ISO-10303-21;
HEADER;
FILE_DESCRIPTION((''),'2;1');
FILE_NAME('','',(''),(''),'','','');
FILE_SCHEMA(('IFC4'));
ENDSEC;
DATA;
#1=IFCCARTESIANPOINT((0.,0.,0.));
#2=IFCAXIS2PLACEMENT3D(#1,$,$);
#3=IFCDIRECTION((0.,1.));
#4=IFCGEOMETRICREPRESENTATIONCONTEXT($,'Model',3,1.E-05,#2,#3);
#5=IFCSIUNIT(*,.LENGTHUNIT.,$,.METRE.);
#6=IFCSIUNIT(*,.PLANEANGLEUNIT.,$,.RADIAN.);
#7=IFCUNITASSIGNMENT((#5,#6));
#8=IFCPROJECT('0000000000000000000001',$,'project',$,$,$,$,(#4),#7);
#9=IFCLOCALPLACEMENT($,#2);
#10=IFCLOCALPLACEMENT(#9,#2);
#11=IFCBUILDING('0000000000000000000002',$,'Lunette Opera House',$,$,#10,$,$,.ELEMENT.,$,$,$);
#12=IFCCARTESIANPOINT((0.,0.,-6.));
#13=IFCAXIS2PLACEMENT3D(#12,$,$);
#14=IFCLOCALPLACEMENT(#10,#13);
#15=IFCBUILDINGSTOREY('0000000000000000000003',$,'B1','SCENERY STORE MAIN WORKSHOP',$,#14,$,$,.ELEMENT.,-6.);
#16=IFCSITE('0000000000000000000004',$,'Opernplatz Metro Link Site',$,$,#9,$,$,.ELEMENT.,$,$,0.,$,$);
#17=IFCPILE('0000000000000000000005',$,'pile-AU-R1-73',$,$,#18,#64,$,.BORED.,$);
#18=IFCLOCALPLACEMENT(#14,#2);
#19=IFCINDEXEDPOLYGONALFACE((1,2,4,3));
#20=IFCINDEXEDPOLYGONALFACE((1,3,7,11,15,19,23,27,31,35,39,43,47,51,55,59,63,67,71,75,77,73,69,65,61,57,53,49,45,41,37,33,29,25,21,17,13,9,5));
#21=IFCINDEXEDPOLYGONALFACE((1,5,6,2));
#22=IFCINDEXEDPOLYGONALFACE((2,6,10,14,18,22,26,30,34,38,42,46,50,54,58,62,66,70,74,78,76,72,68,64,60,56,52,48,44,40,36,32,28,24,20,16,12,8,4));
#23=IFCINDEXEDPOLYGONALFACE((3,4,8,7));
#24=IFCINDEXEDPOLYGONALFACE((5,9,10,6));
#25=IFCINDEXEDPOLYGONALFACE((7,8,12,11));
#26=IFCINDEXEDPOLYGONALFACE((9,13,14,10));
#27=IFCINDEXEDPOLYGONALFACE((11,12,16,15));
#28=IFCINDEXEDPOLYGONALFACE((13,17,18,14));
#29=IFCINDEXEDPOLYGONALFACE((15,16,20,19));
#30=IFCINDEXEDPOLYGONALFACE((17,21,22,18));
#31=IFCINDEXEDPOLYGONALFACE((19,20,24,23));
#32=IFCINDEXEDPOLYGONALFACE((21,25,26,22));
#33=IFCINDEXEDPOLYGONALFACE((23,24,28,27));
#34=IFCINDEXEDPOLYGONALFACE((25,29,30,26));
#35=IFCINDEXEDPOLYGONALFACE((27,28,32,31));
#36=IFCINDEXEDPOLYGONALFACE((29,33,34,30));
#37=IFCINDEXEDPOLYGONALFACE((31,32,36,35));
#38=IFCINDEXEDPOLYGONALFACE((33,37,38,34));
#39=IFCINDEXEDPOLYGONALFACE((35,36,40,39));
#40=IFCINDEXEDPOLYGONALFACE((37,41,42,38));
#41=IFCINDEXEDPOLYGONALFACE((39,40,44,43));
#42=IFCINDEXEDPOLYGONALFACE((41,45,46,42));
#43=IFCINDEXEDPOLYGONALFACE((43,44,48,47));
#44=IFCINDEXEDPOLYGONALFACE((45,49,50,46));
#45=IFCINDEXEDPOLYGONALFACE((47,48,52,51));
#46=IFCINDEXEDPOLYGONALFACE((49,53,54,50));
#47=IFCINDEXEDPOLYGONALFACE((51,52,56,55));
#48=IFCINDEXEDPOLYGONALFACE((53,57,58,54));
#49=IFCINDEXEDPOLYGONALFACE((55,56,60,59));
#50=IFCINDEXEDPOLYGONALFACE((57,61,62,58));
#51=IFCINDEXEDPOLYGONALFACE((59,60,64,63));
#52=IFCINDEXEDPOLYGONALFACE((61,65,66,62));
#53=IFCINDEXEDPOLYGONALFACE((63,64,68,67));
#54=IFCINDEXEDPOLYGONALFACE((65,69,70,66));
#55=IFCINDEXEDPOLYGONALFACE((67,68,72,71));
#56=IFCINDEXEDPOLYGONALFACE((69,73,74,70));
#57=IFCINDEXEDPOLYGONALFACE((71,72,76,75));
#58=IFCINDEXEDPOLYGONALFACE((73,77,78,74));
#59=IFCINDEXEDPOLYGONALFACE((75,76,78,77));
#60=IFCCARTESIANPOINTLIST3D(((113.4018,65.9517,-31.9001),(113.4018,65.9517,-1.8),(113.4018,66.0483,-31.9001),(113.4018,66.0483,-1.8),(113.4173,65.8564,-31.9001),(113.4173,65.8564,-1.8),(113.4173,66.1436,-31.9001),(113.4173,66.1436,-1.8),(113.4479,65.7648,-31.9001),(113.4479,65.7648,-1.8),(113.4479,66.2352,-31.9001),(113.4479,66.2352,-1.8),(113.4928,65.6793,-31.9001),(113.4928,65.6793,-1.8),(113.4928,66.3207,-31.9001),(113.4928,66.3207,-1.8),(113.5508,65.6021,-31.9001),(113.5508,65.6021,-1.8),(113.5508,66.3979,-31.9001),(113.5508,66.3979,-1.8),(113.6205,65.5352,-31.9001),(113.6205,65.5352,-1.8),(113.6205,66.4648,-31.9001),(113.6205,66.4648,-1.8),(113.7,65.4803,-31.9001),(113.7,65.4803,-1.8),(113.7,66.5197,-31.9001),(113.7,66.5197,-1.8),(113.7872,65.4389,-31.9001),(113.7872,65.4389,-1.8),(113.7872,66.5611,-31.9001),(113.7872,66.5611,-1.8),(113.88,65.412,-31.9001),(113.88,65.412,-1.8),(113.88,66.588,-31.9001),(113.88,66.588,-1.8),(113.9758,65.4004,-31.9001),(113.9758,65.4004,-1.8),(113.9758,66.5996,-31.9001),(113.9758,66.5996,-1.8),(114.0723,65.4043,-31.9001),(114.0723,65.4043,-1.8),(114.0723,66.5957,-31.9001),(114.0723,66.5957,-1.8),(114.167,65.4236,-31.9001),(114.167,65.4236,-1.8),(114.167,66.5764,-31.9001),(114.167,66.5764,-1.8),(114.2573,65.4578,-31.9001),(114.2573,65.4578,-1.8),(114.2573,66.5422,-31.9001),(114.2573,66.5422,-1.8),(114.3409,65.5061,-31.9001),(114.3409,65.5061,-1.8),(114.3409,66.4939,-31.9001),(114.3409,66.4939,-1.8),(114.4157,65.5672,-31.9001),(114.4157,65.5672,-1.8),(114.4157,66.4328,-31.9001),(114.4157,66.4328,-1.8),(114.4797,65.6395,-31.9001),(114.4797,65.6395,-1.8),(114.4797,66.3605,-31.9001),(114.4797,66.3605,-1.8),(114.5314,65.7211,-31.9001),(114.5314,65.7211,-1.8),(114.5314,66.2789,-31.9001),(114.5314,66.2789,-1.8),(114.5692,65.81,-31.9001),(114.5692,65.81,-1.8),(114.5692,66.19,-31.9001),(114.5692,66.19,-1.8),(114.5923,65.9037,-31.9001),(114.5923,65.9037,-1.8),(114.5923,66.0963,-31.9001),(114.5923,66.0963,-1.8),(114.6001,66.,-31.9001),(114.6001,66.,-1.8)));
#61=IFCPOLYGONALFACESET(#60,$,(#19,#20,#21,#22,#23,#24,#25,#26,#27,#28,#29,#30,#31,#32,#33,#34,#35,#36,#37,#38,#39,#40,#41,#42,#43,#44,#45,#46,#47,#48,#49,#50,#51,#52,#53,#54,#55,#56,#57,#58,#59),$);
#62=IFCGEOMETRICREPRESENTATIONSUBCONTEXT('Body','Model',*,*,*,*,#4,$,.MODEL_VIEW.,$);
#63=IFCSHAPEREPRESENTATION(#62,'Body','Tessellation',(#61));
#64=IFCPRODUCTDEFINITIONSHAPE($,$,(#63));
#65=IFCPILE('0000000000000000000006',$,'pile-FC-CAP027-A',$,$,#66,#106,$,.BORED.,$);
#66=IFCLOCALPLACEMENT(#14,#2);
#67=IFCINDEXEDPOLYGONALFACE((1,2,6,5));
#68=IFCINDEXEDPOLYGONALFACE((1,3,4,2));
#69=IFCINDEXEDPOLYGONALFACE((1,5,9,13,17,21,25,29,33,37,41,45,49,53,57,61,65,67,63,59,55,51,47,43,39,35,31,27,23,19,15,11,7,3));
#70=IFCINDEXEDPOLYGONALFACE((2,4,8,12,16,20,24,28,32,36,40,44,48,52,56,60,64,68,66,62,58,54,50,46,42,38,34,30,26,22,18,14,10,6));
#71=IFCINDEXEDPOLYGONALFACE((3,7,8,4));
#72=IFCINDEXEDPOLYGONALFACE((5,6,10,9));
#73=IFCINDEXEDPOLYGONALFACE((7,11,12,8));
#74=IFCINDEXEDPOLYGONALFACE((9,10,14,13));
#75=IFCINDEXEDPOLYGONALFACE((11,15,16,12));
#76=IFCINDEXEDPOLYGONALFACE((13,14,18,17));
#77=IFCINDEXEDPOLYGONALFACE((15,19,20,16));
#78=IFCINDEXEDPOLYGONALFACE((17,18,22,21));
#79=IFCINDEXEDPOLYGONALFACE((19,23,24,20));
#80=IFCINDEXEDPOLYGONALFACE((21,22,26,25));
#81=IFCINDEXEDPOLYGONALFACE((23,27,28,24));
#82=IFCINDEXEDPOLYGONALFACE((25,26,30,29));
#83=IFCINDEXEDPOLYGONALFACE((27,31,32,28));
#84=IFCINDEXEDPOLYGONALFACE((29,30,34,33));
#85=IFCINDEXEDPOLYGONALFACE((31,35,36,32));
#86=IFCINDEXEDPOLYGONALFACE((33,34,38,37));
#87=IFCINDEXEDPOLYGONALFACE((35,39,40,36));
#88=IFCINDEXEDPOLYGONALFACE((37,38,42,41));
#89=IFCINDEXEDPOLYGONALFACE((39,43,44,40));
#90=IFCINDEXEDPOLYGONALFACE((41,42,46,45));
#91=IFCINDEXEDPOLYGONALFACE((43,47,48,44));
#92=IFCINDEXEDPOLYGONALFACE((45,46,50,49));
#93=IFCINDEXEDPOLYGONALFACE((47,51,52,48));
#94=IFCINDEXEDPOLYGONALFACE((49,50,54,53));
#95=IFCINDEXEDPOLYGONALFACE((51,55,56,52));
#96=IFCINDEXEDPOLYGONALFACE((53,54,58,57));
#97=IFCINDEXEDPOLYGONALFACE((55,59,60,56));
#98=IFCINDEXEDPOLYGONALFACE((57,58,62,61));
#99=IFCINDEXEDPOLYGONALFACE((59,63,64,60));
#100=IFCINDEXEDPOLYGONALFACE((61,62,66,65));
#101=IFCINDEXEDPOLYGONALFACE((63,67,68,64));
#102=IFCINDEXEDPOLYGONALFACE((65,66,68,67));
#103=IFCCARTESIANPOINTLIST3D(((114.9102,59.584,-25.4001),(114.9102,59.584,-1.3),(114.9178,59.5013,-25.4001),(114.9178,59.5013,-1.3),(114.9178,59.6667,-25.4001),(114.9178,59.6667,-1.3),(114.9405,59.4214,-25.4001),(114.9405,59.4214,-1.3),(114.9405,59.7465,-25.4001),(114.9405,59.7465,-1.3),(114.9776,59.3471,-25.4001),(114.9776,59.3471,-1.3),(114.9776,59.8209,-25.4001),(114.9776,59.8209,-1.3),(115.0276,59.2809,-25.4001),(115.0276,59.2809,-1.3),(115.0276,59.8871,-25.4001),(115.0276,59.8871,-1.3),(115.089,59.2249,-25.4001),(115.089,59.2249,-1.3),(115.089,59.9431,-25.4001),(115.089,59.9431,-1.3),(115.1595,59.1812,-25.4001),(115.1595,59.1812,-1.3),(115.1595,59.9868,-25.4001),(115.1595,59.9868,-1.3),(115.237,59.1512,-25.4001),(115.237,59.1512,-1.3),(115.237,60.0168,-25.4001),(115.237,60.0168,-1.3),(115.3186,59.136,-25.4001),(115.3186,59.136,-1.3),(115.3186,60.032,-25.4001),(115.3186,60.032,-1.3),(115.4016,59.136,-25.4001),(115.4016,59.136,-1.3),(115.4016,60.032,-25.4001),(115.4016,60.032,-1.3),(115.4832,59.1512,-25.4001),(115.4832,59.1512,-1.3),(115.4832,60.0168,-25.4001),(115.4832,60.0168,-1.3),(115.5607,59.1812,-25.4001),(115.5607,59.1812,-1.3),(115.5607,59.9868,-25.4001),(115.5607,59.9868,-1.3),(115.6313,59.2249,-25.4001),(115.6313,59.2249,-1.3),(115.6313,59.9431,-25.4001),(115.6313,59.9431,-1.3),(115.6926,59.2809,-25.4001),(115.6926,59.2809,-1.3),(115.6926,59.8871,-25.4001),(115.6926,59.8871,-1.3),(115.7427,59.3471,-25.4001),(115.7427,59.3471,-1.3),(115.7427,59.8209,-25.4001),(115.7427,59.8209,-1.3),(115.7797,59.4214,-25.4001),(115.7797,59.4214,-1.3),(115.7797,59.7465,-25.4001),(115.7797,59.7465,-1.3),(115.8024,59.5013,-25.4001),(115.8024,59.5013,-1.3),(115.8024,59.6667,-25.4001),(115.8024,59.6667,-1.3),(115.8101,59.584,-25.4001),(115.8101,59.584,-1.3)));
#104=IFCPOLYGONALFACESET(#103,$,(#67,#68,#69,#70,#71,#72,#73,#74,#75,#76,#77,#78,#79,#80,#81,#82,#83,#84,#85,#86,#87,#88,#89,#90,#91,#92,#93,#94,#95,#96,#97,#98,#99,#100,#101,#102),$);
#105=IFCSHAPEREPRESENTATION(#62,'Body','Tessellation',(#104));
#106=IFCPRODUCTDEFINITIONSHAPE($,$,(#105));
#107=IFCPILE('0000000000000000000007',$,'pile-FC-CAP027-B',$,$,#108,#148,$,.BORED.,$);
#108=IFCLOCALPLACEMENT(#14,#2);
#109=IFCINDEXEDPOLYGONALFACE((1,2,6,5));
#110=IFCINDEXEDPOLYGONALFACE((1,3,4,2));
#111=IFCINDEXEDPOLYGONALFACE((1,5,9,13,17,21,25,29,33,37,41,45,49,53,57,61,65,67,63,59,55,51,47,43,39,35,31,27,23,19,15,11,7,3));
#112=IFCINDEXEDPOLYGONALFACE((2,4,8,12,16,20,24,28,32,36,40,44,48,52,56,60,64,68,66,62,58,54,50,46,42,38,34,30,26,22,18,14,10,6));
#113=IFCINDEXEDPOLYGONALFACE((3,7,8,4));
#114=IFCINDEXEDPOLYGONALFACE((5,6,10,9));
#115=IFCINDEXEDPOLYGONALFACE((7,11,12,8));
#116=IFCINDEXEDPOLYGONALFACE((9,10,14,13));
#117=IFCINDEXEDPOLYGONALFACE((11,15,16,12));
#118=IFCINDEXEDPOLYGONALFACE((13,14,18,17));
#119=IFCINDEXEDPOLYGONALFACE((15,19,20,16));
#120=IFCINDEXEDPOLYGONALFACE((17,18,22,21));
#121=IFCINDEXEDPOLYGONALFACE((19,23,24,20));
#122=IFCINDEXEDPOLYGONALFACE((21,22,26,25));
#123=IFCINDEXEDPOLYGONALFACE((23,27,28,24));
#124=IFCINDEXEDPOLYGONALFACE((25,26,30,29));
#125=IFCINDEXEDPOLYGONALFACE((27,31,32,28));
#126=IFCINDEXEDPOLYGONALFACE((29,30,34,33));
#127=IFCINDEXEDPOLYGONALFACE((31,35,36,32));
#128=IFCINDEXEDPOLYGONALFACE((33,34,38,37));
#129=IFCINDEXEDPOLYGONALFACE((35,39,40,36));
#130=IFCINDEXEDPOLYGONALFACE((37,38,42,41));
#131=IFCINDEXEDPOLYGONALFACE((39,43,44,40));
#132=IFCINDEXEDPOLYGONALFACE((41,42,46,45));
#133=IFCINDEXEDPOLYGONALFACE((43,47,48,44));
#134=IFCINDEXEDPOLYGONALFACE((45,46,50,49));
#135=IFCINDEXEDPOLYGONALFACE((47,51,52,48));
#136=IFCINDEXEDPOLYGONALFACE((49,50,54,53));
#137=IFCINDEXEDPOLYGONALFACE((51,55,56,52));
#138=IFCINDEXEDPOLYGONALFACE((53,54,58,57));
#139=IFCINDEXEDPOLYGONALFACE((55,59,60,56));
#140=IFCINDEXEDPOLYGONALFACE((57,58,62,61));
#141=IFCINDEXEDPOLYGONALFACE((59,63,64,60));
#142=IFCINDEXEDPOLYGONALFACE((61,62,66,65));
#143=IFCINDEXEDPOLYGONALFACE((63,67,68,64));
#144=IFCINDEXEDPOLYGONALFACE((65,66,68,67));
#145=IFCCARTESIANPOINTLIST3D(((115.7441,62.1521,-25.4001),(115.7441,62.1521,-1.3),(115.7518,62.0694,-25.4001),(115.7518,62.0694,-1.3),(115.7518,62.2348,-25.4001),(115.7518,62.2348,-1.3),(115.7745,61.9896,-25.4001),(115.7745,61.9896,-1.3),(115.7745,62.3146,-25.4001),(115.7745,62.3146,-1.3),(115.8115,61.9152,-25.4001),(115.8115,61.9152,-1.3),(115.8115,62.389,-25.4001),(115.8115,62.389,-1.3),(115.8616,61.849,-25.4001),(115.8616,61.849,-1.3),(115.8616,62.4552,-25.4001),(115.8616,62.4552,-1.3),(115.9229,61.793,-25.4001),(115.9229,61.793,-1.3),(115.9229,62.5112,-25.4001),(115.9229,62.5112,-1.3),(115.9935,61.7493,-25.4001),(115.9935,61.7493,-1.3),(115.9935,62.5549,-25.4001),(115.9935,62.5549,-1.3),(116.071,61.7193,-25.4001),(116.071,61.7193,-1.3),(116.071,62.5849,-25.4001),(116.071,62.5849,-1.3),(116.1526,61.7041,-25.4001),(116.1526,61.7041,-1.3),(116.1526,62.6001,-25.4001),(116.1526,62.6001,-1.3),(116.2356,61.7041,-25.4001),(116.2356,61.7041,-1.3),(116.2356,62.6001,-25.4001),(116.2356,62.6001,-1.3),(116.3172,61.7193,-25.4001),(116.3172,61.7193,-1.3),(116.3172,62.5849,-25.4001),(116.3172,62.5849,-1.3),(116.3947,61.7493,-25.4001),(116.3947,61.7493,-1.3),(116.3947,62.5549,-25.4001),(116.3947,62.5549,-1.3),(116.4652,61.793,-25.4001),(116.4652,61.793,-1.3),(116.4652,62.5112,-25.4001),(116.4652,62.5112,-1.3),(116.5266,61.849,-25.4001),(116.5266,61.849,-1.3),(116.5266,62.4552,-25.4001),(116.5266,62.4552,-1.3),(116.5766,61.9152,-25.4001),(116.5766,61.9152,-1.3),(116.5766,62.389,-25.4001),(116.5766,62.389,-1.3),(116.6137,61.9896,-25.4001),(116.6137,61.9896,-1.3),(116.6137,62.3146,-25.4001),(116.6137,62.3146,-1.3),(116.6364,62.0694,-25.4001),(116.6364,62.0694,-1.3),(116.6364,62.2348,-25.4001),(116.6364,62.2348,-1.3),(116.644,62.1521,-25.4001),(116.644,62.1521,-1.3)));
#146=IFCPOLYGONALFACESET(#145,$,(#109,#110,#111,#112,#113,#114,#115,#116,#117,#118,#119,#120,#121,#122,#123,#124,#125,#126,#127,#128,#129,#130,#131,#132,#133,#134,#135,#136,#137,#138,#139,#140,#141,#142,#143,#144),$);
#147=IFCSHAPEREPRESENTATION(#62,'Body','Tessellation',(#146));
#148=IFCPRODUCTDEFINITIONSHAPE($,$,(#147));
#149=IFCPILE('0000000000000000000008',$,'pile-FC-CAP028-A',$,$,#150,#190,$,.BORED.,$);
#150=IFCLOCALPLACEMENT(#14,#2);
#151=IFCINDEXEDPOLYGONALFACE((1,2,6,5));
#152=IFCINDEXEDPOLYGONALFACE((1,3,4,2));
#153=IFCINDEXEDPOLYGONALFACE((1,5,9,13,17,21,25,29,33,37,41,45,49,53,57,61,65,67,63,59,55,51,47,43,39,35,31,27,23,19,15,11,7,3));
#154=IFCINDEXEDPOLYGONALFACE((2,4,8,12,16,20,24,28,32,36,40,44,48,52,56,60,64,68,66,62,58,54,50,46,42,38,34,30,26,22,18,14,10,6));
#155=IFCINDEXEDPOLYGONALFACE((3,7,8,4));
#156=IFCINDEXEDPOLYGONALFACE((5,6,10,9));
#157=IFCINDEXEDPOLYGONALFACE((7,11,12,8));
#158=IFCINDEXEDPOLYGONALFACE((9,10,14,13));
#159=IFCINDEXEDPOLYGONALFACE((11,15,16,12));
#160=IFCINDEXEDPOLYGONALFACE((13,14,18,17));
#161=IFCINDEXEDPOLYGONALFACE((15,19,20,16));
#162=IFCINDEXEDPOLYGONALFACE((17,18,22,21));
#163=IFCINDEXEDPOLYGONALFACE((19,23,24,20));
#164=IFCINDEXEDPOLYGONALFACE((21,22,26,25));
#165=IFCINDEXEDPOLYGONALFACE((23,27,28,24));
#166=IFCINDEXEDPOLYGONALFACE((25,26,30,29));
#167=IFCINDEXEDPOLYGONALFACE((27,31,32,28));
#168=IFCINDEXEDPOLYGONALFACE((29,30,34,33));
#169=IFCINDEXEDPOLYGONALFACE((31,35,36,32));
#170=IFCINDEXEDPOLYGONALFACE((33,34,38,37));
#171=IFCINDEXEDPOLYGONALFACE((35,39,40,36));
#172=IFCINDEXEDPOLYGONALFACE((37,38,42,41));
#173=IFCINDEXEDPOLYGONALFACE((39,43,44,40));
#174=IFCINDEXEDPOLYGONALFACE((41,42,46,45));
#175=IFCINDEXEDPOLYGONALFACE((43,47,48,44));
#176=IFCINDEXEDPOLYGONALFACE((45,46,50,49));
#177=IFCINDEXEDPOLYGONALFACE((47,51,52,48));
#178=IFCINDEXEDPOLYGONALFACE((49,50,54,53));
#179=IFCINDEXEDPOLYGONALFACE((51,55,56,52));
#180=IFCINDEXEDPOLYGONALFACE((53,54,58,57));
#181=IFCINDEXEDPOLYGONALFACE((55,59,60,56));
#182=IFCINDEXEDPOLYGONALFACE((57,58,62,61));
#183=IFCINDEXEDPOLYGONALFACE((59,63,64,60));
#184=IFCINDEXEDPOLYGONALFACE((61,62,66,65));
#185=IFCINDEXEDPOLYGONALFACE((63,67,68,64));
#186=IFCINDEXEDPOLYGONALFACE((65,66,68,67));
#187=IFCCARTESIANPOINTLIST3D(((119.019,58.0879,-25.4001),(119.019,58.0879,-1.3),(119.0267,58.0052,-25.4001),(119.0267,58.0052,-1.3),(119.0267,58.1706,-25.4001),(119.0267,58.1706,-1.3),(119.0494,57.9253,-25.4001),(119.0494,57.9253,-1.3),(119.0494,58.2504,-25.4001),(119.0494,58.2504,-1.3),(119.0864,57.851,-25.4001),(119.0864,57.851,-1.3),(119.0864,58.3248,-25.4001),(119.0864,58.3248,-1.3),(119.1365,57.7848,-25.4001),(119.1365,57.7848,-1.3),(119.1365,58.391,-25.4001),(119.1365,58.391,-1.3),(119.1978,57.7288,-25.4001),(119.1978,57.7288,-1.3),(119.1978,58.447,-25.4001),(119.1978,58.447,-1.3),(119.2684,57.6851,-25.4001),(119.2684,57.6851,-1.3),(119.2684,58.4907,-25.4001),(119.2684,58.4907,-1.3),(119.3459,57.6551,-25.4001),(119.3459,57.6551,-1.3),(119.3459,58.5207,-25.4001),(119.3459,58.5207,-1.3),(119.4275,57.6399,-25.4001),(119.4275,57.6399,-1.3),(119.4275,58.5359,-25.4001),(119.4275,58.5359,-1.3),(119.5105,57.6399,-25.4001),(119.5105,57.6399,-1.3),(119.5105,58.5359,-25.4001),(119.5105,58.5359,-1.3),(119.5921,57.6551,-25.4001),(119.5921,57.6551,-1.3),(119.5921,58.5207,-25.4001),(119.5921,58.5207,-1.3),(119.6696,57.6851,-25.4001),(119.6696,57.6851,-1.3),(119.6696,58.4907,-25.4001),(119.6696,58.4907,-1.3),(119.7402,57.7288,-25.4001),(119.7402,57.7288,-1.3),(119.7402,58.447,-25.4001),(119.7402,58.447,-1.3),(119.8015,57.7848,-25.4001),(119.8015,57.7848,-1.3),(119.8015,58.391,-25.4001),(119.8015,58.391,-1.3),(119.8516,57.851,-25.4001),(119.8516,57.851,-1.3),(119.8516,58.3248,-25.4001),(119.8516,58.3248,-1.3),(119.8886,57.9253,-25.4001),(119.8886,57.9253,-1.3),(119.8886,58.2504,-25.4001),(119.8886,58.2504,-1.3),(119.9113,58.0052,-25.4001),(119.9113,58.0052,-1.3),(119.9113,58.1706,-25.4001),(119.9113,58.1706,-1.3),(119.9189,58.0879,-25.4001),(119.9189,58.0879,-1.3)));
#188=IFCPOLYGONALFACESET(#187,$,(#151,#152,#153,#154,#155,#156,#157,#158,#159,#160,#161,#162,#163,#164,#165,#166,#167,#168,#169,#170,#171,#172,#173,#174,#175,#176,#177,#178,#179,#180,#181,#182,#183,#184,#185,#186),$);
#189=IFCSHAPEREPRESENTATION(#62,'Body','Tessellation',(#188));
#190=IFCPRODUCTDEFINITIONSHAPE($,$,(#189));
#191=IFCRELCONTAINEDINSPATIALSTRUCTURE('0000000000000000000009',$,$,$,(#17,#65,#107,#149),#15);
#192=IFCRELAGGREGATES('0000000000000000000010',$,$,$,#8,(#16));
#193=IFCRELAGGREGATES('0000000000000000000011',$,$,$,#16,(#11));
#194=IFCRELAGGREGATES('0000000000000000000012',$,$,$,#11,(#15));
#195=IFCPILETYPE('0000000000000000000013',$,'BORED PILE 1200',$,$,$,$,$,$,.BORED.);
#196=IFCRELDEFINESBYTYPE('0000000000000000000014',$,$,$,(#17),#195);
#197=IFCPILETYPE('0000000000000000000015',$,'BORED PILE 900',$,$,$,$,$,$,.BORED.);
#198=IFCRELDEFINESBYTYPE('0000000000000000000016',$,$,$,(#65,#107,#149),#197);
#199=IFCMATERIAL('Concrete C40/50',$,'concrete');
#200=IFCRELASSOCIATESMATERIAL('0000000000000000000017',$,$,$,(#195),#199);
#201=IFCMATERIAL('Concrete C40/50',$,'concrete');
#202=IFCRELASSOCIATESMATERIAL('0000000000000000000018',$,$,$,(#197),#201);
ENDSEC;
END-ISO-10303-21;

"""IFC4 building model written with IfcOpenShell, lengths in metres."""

from ifc_helpers import new_model, si_unit, direction, frame, origin, origin_2d, place, context, subcontext, project, spatial, circle, extrude, material, material_profile, profile_set, type_object, element, save


model = new_model("IFC4")

# Units and contexts
model_context = context("Model", 3, precision=1e-05, world=origin(), true_north=direction((0.0, 1.0)))
body_context = subcontext(model_context, "Body", "Model", "MODEL_VIEW")
ifc_project = project(units=[si_unit("LENGTHUNIT", "METRE"), si_unit("PLANEANGLEUNIT", "RADIAN")], contexts=[model_context])

# Site, building, storey
site_placement = place(None, origin())
site = spatial("IfcSite", under=ifc_project, at=site_placement, Name="Opernplatz Metro Link Site", CompositionType="ELEMENT", RefElevation=0.0)
building_placement = place(site_placement, origin())
building = spatial("IfcBuilding", under=site, at=building_placement, Name="Lunette Opera House", CompositionType="ELEMENT")
storey_placement = place(building_placement, frame((0.0, 0.0, -6.0)))
storey = spatial("IfcBuildingStorey", under=building, at=storey_placement, Name="B1", Description="SCENERY STORE MAIN WORKSHOP", CompositionType="ELEMENT", Elevation=-6.0)

# Piles
ifc_material_1 = material(Name="Concrete C40/50", Category="concrete")
ifc_material_profile_1 = material_profile(ifc_material_1, circle(Radius=0.6001, at=origin_2d()), Name="BORED PILE 1200")
ifc_profile_set_1 = profile_set([ifc_material_profile_1], Name="Concrete C40/50")
pile_type_1 = type_object("IfcPileType", Name="BORED PILE 1200", PredefinedType="BORED", material=ifc_profile_set_1)
pile_placement = place(storey_placement, frame((114.0, 66.0, -1.8), z_axis=(0.0, 0.0, -1.0), x_axis=(1.0, 0.0, 0.0)))
element("IfcPile", 1, at=pile_placement, inside=storey, type_object=pile_type_1, Name="pile-AU-R1-73", PredefinedType="BORED", context=body_context, shape_type="SweptSolid", body=[
    extrude(circle(Radius=0.6001, at=origin_2d()), origin(), (0.0, 0.0, 1.0), 30.1001),
])
ifc_material_2 = material(Name="Concrete C40/50", Category="concrete")
ifc_material_profile_2 = material_profile(ifc_material_2, circle(Radius=0.45, at=origin_2d()), Name="BORED PILE 900")
ifc_profile_set_2 = profile_set([ifc_material_profile_2], Name="Concrete C40/50")
pile_type_2 = type_object("IfcPileType", Name="BORED PILE 900", PredefinedType="BORED", material=ifc_profile_set_2)
for number, where, z_axis, x_axis, name in (
    (2, (115.3601, 59.584, -1.3), (0.0, 0.0, -1.0), (1.0, 0.0, 0.0), "pile-FC-CAP027-A"),
    (3, (116.1941, 62.1521, -1.3), (0.0, 0.0, -1.0), (1.0, 0.0, 0.0), "pile-FC-CAP027-B"),
    (4, (119.469, 58.0879, -1.3), (0.0, 0.0, -1.0), (1.0, 0.0, 0.0), "pile-FC-CAP028-A"),
):
    element("IfcPile", number, at=place(storey_placement, frame(where, z_axis=z_axis, x_axis=x_axis)), inside=storey, type_object=pile_type_2, Name=name, PredefinedType="BORED", context=body_context, shape_type="SweptSolid", body=[
        extrude(circle(Radius=0.45, at=origin_2d()), origin(), (0.0, 0.0, 1.0), 24.1001),
    ])

save(model, "model.ifc")
